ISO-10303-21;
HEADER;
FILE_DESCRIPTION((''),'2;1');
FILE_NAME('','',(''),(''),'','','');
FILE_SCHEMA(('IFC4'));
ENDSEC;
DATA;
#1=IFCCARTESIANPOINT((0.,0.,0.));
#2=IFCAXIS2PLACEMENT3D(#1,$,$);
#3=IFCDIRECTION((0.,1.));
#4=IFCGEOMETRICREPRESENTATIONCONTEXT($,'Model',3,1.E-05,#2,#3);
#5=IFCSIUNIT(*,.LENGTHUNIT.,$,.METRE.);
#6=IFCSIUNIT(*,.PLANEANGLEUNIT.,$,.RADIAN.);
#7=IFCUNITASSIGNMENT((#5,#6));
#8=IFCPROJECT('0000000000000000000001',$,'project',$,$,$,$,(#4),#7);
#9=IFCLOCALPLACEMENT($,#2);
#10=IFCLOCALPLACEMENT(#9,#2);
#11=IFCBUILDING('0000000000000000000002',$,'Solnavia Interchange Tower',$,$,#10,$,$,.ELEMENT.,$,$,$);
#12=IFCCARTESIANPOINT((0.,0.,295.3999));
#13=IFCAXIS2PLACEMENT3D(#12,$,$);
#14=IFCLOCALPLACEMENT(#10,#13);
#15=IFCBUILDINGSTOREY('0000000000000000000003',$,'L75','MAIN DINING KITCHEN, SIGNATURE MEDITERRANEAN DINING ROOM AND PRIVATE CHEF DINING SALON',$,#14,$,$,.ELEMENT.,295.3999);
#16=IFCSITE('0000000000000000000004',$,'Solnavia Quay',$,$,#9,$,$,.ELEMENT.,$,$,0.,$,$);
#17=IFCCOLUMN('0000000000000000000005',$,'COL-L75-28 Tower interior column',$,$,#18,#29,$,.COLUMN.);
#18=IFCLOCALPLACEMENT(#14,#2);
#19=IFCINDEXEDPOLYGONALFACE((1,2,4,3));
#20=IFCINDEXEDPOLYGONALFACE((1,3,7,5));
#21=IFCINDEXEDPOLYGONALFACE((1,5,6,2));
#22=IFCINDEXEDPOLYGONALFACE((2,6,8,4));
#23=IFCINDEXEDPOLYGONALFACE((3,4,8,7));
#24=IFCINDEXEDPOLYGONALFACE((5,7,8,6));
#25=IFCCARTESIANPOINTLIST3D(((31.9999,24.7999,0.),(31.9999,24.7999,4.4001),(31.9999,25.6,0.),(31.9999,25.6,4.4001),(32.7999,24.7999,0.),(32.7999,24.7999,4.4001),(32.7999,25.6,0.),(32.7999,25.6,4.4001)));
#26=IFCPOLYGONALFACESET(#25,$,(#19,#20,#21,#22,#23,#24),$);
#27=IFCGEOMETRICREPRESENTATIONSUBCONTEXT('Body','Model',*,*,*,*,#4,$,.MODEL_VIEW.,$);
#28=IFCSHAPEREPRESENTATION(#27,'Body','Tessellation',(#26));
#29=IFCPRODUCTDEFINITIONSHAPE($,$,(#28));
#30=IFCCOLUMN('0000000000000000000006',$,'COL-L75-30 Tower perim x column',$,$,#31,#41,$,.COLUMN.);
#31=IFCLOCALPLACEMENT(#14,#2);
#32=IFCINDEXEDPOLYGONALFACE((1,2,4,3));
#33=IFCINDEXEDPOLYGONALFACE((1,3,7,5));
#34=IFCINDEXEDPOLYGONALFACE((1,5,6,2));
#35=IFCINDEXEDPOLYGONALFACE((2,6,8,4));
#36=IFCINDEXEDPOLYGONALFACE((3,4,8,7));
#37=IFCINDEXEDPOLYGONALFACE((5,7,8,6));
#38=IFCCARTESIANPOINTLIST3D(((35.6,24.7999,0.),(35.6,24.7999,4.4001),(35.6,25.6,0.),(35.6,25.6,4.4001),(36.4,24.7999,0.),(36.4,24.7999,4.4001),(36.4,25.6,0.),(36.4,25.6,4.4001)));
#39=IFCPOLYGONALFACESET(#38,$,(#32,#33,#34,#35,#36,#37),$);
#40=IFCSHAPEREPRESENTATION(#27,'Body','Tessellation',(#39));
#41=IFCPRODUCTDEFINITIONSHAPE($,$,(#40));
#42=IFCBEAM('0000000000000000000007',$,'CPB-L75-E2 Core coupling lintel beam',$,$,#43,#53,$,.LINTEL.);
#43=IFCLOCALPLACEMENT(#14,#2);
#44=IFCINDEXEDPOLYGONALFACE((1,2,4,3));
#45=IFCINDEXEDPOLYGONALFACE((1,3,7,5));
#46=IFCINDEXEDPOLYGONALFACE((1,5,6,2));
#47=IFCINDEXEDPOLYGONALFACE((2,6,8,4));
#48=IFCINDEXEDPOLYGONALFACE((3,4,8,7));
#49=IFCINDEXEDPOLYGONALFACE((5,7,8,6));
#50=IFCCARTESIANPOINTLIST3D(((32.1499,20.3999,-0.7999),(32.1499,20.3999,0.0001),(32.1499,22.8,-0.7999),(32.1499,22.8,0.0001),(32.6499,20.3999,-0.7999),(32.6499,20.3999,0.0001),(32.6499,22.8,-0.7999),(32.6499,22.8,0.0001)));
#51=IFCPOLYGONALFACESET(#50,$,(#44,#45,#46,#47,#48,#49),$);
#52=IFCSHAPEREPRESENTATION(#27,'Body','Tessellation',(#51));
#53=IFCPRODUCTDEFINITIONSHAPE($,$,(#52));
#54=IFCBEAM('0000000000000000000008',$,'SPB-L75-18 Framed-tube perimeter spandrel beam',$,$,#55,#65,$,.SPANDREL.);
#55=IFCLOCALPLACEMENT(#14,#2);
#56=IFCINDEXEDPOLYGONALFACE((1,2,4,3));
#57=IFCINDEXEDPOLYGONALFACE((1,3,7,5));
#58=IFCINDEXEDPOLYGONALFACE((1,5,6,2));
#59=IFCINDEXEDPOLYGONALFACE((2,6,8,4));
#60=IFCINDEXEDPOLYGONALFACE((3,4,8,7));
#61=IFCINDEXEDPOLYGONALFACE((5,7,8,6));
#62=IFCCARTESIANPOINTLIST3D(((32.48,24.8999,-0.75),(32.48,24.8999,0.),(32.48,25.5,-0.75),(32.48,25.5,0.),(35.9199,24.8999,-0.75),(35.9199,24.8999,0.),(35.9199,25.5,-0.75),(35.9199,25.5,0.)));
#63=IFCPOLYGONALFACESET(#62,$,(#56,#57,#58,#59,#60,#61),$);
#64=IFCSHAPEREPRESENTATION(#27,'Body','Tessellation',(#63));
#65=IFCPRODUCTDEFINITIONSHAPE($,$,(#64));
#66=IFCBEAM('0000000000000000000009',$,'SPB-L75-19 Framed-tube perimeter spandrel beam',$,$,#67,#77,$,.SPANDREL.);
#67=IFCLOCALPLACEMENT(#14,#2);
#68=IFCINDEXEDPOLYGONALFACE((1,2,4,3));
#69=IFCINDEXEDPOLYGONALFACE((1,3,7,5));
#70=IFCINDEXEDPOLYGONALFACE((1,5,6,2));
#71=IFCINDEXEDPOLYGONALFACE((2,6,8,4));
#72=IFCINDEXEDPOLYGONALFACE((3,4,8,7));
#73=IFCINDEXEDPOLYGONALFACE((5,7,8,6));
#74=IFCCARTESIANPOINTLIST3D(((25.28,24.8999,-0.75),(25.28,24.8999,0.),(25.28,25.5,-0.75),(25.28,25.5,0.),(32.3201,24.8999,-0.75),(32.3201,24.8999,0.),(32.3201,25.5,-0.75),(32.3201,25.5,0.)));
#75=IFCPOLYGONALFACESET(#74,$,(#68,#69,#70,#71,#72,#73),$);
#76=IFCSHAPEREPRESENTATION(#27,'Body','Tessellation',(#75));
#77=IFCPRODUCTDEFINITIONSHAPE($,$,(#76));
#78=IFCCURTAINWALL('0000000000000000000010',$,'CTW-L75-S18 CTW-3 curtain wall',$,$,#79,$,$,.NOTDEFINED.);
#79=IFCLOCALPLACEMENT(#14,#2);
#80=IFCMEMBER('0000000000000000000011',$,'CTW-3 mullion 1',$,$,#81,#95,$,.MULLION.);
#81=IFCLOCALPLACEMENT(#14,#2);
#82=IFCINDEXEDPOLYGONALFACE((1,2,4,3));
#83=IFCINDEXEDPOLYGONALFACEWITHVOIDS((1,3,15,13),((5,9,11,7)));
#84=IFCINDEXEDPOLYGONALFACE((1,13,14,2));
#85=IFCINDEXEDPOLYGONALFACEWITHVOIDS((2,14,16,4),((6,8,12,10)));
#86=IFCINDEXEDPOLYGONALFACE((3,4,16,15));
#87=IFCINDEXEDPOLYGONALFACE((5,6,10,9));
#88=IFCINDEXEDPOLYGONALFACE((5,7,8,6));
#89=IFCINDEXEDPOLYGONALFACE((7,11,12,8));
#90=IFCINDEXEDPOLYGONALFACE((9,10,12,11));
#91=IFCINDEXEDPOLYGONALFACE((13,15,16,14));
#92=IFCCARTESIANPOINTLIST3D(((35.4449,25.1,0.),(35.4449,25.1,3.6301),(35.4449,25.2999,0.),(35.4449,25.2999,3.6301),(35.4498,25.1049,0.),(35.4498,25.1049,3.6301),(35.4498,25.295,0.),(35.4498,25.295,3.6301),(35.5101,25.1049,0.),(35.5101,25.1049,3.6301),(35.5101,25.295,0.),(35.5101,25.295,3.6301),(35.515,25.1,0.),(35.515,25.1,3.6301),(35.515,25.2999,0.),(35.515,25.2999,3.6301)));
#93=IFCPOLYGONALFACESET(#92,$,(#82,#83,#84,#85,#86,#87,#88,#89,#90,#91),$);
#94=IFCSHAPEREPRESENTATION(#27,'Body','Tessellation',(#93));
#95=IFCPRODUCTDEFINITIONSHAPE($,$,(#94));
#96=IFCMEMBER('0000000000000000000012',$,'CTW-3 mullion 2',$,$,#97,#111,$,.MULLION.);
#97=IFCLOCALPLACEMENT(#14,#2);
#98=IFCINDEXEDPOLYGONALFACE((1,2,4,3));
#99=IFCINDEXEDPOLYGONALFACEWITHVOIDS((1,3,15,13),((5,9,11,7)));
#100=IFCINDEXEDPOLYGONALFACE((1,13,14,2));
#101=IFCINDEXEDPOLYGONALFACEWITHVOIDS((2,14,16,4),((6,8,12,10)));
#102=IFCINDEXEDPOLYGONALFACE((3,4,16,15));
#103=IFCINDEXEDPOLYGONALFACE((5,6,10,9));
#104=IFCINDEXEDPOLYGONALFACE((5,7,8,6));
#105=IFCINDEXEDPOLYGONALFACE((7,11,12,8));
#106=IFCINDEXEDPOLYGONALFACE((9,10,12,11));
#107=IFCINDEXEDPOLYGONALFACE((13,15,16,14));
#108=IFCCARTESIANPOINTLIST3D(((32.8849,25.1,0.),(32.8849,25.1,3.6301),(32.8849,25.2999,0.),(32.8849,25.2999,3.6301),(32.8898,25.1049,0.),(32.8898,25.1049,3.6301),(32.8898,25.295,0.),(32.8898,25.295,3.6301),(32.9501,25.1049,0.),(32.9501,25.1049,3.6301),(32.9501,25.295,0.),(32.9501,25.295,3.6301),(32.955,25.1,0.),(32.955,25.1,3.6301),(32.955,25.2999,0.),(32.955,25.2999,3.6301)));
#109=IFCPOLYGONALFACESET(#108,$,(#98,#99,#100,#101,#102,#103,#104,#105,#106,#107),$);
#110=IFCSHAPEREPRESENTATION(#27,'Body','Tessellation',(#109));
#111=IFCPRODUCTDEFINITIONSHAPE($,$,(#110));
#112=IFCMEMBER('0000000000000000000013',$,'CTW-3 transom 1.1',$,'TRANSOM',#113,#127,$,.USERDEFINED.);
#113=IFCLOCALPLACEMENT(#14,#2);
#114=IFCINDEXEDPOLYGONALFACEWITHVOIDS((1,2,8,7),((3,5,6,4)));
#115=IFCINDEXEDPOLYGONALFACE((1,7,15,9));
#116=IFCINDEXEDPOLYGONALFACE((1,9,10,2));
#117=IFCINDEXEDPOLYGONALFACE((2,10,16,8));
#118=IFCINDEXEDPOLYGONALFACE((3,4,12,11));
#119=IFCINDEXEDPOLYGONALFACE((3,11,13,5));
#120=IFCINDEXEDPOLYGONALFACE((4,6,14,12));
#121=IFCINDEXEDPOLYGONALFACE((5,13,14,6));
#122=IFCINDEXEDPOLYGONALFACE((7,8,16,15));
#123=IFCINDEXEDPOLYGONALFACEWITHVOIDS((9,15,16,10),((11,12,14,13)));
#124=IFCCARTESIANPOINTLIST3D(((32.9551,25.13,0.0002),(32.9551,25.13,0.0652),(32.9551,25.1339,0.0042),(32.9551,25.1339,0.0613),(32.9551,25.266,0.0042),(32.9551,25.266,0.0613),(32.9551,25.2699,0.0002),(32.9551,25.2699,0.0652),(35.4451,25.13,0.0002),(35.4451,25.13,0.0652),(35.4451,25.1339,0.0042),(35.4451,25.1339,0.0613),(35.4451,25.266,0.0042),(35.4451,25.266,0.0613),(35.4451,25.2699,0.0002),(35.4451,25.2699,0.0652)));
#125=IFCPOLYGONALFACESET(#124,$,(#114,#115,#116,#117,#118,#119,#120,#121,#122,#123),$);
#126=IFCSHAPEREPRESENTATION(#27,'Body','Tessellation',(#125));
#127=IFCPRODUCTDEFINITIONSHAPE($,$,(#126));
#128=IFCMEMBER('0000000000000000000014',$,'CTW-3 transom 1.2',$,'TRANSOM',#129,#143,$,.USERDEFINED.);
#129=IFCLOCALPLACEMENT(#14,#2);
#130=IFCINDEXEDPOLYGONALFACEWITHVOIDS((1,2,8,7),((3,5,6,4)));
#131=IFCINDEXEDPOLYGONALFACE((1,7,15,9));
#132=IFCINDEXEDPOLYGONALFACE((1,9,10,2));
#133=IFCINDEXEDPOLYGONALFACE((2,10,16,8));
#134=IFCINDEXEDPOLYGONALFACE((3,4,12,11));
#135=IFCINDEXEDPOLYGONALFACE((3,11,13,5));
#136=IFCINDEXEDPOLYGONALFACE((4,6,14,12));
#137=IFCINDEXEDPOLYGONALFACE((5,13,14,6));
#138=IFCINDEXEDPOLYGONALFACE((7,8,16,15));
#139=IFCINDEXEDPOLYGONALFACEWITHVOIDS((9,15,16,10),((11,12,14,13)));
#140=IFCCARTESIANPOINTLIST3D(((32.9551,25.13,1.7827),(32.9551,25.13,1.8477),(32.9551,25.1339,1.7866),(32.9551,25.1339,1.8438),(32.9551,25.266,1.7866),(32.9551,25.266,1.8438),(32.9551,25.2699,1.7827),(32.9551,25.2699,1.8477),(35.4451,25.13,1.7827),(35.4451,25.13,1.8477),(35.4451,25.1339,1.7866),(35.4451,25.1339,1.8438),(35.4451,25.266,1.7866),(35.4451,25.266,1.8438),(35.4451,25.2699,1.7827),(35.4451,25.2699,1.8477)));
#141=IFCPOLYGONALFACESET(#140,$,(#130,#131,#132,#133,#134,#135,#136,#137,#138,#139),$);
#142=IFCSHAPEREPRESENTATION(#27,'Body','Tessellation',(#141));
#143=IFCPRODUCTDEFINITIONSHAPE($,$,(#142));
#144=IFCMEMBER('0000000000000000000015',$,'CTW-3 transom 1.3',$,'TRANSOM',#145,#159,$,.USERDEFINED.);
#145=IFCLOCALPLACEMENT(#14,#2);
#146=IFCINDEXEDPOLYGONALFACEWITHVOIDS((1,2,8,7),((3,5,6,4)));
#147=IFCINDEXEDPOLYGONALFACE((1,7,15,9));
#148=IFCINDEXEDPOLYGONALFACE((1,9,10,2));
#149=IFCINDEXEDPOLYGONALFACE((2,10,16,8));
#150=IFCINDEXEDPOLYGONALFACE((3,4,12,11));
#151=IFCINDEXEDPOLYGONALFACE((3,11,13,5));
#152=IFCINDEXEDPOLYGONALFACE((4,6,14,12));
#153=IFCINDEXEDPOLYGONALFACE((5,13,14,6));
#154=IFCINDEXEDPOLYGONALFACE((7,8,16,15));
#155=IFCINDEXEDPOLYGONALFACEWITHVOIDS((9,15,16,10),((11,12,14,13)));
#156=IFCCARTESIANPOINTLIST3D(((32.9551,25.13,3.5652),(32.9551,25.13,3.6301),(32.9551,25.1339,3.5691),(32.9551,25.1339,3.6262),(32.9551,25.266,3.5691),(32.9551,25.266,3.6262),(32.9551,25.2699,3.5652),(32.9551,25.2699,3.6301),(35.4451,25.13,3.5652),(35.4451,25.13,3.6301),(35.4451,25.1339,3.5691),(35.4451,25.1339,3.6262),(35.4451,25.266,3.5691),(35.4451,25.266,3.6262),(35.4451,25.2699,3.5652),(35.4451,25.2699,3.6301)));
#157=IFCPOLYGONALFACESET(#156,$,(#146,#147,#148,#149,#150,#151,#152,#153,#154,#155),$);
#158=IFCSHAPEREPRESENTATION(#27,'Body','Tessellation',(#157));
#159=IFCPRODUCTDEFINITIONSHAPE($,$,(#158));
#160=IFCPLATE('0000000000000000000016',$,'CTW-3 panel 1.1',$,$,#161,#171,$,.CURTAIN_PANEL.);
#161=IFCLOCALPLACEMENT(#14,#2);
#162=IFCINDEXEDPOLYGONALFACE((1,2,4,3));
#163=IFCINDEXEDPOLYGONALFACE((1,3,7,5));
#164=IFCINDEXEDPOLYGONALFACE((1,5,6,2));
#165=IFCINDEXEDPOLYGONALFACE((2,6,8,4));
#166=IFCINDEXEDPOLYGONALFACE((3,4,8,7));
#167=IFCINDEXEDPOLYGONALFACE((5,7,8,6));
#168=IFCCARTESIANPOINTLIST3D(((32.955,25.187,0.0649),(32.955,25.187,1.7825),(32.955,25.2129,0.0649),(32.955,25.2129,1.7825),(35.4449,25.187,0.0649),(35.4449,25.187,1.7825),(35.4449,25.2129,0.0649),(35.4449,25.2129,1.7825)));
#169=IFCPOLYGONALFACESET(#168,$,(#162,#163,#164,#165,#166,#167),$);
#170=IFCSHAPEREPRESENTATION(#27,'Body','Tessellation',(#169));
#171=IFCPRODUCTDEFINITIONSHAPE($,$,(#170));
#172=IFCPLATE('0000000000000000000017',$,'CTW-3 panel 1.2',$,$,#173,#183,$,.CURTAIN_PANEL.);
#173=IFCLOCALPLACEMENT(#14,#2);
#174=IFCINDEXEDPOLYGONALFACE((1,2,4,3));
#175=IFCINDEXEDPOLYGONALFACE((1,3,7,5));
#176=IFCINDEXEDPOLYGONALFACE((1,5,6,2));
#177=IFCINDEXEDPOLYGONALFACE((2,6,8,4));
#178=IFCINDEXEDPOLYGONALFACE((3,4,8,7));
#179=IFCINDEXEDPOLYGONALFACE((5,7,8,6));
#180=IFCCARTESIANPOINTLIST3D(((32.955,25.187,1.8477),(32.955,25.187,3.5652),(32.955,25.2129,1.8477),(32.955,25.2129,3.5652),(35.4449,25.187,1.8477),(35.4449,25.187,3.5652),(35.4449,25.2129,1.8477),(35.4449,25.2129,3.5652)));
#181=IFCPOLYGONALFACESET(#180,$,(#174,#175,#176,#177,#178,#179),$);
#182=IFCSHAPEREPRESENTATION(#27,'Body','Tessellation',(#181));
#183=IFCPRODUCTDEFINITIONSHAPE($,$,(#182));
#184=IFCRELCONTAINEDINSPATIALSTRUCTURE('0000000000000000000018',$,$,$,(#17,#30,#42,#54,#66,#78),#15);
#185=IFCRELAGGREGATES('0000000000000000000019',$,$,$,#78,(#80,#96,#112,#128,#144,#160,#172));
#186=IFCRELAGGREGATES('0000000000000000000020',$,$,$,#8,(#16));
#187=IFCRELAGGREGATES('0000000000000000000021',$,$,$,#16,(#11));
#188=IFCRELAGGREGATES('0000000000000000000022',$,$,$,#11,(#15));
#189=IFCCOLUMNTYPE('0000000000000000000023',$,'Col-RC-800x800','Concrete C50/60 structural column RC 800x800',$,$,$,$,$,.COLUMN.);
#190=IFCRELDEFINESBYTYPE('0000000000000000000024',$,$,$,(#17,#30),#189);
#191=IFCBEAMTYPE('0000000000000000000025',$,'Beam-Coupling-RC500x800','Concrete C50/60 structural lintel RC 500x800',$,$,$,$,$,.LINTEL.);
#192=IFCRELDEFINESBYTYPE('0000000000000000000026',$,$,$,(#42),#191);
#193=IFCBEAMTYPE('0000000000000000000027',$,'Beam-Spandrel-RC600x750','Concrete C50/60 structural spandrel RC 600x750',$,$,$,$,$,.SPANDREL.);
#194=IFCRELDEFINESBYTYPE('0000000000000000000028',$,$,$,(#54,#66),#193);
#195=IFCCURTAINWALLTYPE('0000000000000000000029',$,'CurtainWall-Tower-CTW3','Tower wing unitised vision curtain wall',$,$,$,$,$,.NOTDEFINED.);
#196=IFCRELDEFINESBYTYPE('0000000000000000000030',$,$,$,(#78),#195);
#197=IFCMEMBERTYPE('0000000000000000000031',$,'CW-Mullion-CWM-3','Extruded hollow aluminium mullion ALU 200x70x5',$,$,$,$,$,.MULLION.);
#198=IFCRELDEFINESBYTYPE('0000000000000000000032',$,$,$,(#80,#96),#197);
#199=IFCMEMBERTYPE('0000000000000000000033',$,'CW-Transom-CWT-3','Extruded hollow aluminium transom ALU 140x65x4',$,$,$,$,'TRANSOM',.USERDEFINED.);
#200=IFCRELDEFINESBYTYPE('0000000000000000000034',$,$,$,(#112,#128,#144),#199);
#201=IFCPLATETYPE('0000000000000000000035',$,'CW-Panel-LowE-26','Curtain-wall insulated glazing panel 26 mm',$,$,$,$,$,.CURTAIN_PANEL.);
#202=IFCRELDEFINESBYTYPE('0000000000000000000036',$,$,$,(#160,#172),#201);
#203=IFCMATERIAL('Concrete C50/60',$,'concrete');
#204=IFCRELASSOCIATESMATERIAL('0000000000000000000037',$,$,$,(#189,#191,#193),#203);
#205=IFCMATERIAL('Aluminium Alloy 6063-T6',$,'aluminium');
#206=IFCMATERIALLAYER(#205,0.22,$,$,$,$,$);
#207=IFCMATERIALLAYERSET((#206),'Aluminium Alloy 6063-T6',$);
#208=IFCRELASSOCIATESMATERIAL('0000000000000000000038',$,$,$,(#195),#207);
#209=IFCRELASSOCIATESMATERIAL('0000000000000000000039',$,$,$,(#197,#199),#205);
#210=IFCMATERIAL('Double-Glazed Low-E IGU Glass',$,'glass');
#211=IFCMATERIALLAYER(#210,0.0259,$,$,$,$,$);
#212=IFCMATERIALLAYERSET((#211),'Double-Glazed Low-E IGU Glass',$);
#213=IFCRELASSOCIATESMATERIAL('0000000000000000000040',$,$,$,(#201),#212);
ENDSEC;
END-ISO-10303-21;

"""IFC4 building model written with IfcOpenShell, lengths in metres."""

from ifc_helpers import new_model, si_unit, direction, frame, origin, origin_2d, place, context, subcontext, project, spatial, rectangle, hollow_rectangle, extrude, material, layer, layer_set, material_profile, profile_set, type_object, element, aggregate, save


model = new_model("IFC4")

# Units and contexts
model_context = context("Model", 3, precision=1e-05, world=origin(), true_north=direction((0.0, 1.0)))
body_context = subcontext(model_context, "Body", "Model", "MODEL_VIEW")
ifc_project = project(units=[si_unit("LENGTHUNIT", "METRE"), si_unit("PLANEANGLEUNIT", "RADIAN")], contexts=[model_context])

# Site, building, storey
site_placement = place(None, origin())
site = spatial("IfcSite", under=ifc_project, at=site_placement, Name="Solnavia Quay", CompositionType="ELEMENT", RefElevation=0.0)
building_placement = place(site_placement, origin())
building = spatial("IfcBuilding", under=site, at=building_placement, Name="Solnavia Interchange Tower", CompositionType="ELEMENT")
storey_placement = place(building_placement, frame((0.0, 0.0, 295.3999)))
storey = spatial("IfcBuildingStorey", under=building, at=storey_placement, Name="L75", Description="MAIN DINING KITCHEN, SIGNATURE MEDITERRANEAN DINING ROOM AND PRIVATE CHEF DINING SALON", CompositionType="ELEMENT", Elevation=295.3999)

# Columns
ifc_material_1 = material(Name="Concrete C50/60", Category="concrete")
ifc_material_profile_1 = material_profile(ifc_material_1, rectangle(XDim=0.8, YDim=0.8, at=origin_2d()), Name="RC 800x800")
ifc_profile_set_1 = profile_set([ifc_material_profile_1], Name="Concrete C50/60")
column_type = type_object("IfcColumnType", Name="Col-RC-800x800", Description="Concrete C50/60 structural column RC 800x800", PredefinedType="COLUMN", material=ifc_profile_set_1)
for number, where, z_axis, x_axis, name in (
    (1, (32.3999, 25.2, 0.0), (0.0, 0.0, 1.0), (1.0, 0.0, 0.0), "COL-L75-28 Tower interior column"),
    (2, (36.0, 25.2, 0.0), (0.0, 0.0, 1.0), (1.0, 0.0, 0.0), "COL-L75-30 Tower perim x column"),
):
    element("IfcColumn", number, at=place(storey_placement, frame(where, z_axis=z_axis, x_axis=x_axis)), inside=storey, type_object=column_type, Name=name, PredefinedType="COLUMN", context=body_context, shape_type="SweptSolid", body=[
        extrude(rectangle(XDim=0.8, YDim=0.8, at=origin_2d()), origin(), (0.0, 0.0, 1.0), 4.4001),
    ])

# Beams
ifc_material_profile_2 = material_profile(ifc_material_1, rectangle(XDim=0.5, YDim=0.8, at=origin_2d()), Name="RC 500x800")
ifc_profile_set_2 = profile_set([ifc_material_profile_2], Name="Concrete C50/60")
beam_type_1 = type_object("IfcBeamType", Name="Beam-Coupling-RC500x800", Description="Concrete C50/60 structural lintel RC 500x800", PredefinedType="LINTEL", material=ifc_profile_set_2)
beam_1_placement = place(storey_placement, frame((32.3999, 20.3999, -0.3999), z_axis=(0.0, 1.0, 0.0), x_axis=(-1.0, 0.0, 0.0)))
element("IfcBeam", 3, at=beam_1_placement, inside=storey, type_object=beam_type_1, Name="CPB-L75-E2 Core coupling lintel beam", PredefinedType="LINTEL", context=body_context, shape_type="SweptSolid", body=[
    extrude(rectangle(XDim=0.5, YDim=0.8, at=origin_2d()), origin(), (0.0, 0.0, 1.0), 2.4001),
])
ifc_material_profile_3 = material_profile(ifc_material_1, rectangle(XDim=0.6001, YDim=0.75, at=origin_2d()), Name="RC 600x750")
ifc_profile_set_3 = profile_set([ifc_material_profile_3], Name="Concrete C50/60")
beam_type_2 = type_object("IfcBeamType", Name="Beam-Spandrel-RC600x750", Description="Concrete C50/60 structural spandrel RC 600x750", PredefinedType="SPANDREL", material=ifc_profile_set_3)
beam_2_placement = place(storey_placement, frame((35.9199, 25.2, -0.375), z_axis=(-1.0, 0.0, 0.0), x_axis=(0.0, -1.0, 0.0)))
element("IfcBeam", 4, at=beam_2_placement, inside=storey, type_object=beam_type_2, Name="SPB-L75-18 Framed-tube perimeter spandrel beam", PredefinedType="SPANDREL", context=body_context, shape_type="SweptSolid", body=[
    extrude(rectangle(XDim=0.6001, YDim=0.75, at=origin_2d()), origin(), (0.0, 0.0, 1.0), 3.4399),
])
beam_3_placement = place(storey_placement, frame((32.3201, 25.2, -0.375), z_axis=(-1.0, 0.0, 0.0), x_axis=(0.0, -1.0, 0.0)))
element("IfcBeam", 5, at=beam_3_placement, inside=storey, type_object=beam_type_2, Name="SPB-L75-19 Framed-tube perimeter spandrel beam", PredefinedType="SPANDREL", context=body_context, shape_type="SweptSolid", body=[
    extrude(rectangle(XDim=0.6001, YDim=0.75, at=origin_2d()), origin(), (0.0, 0.0, 1.0), 7.04),
])

# Curtain wall, members, plates
ifc_material_2 = material(Name="Aluminium Alloy 6063-T6", Category="aluminium")
ifc_layer_1 = layer(ifc_material_2, 0.22)
ifc_layer_set_1 = layer_set([ifc_layer_1], Name="Aluminium Alloy 6063-T6")
curtain_wall_type = type_object("IfcCurtainWallType", Name="CurtainWall-Tower-CTW3", Description="Tower wing unitised vision curtain wall", PredefinedType="NOTDEFINED", material=ifc_layer_set_1)
curtain_wall_placement = place(storey_placement, origin())
curtain_wall = element("IfcCurtainWall", 6, at=curtain_wall_placement, inside=storey, type_object=curtain_wall_type, Name="CTW-L75-S18 CTW-3 curtain wall", PredefinedType="NOTDEFINED")
ifc_material_profile_4 = material_profile(ifc_material_2, hollow_rectangle(XDim=0.0701, YDim=0.2, WallThickness=0.0049, at=origin_2d()), Name="ALU 200x70x5")
ifc_profile_set_4 = profile_set([ifc_material_profile_4], Name="Aluminium Alloy 6063-T6")
member_type_1 = type_object("IfcMemberType", Name="CW-Mullion-CWM-3", Description="Extruded hollow aluminium mullion ALU 200x70x5", PredefinedType="MULLION", material=ifc_profile_set_4)
member_1_placement = place(storey_placement, frame((35.48, 25.2, 0.0), z_axis=(0.0, 0.0, 1.0), x_axis=(-1.0, 0.0, 0.0)))
member_1 = element("IfcMember", 7, at=member_1_placement, type_object=member_type_1, Name="CTW-3 mullion 1", PredefinedType="MULLION", context=body_context, shape_type="SweptSolid", body=[
    extrude(hollow_rectangle(XDim=0.0701, YDim=0.2, WallThickness=0.0049, at=origin_2d()), origin(), (0.0, 0.0, 1.0), 3.6301),
])
member_2_placement = place(storey_placement, frame((32.9199, 25.2, 0.0), z_axis=(0.0, 0.0, 1.0), x_axis=(-1.0, 0.0, 0.0)))
member_2 = element("IfcMember", 8, at=member_2_placement, type_object=member_type_1, Name="CTW-3 mullion 2", PredefinedType="MULLION", context=body_context, shape_type="SweptSolid", body=[
    extrude(hollow_rectangle(XDim=0.0701, YDim=0.2, WallThickness=0.0049, at=origin_2d()), origin(), (0.0, 0.0, 1.0), 3.6301),
])
ifc_material_profile_5 = material_profile(ifc_material_2, hollow_rectangle(XDim=0.0649, YDim=0.1399, WallThickness=0.0039, at=origin_2d()), Name="ALU 140x65x4")
ifc_profile_set_5 = profile_set([ifc_material_profile_5], Name="Aluminium Alloy 6063-T6")
member_type_2 = type_object("IfcMemberType", Name="CW-Transom-CWT-3", Description="Extruded hollow aluminium transom ALU 140x65x4", ElementType="TRANSOM", PredefinedType="USERDEFINED", material=ifc_profile_set_5)
member_3_placement = place(storey_placement, frame((35.4451, 25.2, 0.0327), z_axis=(-1.0, 0.0, 0.0), x_axis=(0.0, 0.0, 1.0)))
member_3 = element("IfcMember", 9, at=member_3_placement, type_object=member_type_2, Name="CTW-3 transom 1.1", ObjectType="TRANSOM", PredefinedType="USERDEFINED", context=body_context, shape_type="SweptSolid", body=[
    extrude(hollow_rectangle(XDim=0.0649, YDim=0.1399, WallThickness=0.0039, at=origin_2d()), origin(), (0.0, 0.0, 1.0), 2.49),
])
member_4_placement = place(storey_placement, frame((35.4451, 25.2, 1.8152), z_axis=(-1.0, 0.0, 0.0), x_axis=(0.0, 0.0, 1.0)))
member_4 = element("IfcMember", 10, at=member_4_placement, type_object=member_type_2, Name="CTW-3 transom 1.2", ObjectType="TRANSOM", PredefinedType="USERDEFINED", context=body_context, shape_type="SweptSolid", body=[
    extrude(hollow_rectangle(XDim=0.0649, YDim=0.1399, WallThickness=0.0039, at=origin_2d()), origin(), (0.0, 0.0, 1.0), 2.49),
])
member_5_placement = place(storey_placement, frame((35.4451, 25.2, 3.5977), z_axis=(-1.0, 0.0, 0.0), x_axis=(0.0, 0.0, 1.0)))
member_5 = element("IfcMember", 11, at=member_5_placement, type_object=member_type_2, Name="CTW-3 transom 1.3", ObjectType="TRANSOM", PredefinedType="USERDEFINED", context=body_context, shape_type="SweptSolid", body=[
    extrude(hollow_rectangle(XDim=0.0649, YDim=0.1399, WallThickness=0.0039, at=origin_2d()), origin(), (0.0, 0.0, 1.0), 2.49),
])
ifc_material_3 = material(Name="Double-Glazed Low-E IGU Glass", Category="glass")
ifc_layer_2 = layer(ifc_material_3, 0.0259)
ifc_layer_set_2 = layer_set([ifc_layer_2], Name="Double-Glazed Low-E IGU Glass")
plate_type = type_object("IfcPlateType", Name="CW-Panel-LowE-26", Description="Curtain-wall insulated glazing panel 26 mm", PredefinedType="CURTAIN_PANEL", material=ifc_layer_set_2)
plate_1_placement = place(storey_placement, frame((34.2, 25.2, 0.0649), z_axis=(0.0, 0.0, 1.0), x_axis=(-1.0, 0.0, 0.0)))
plate_1 = element("IfcPlate", 12, at=plate_1_placement, type_object=plate_type, Name="CTW-3 panel 1.1", PredefinedType="CURTAIN_PANEL", context=body_context, shape_type="SweptSolid", body=[
    extrude(rectangle(XDim=2.49, YDim=0.0259, at=origin_2d()), origin(), (0.0, 0.0, 1.0), 1.7175),
])
plate_2_placement = place(storey_placement, frame((34.2, 25.2, 1.8477), z_axis=(0.0, 0.0, 1.0), x_axis=(-1.0, 0.0, 0.0)))
plate_2 = element("IfcPlate", 13, at=plate_2_placement, type_object=plate_type, Name="CTW-3 panel 1.2", PredefinedType="CURTAIN_PANEL", context=body_context, shape_type="SweptSolid", body=[
    extrude(rectangle(XDim=2.49, YDim=0.0259, at=origin_2d()), origin(), (0.0, 0.0, 1.0), 1.7175),
])
aggregate(curtain_wall, [member_1, member_2, member_3, member_4, member_5, plate_1, plate_2])

save(model, "model.ifc")
